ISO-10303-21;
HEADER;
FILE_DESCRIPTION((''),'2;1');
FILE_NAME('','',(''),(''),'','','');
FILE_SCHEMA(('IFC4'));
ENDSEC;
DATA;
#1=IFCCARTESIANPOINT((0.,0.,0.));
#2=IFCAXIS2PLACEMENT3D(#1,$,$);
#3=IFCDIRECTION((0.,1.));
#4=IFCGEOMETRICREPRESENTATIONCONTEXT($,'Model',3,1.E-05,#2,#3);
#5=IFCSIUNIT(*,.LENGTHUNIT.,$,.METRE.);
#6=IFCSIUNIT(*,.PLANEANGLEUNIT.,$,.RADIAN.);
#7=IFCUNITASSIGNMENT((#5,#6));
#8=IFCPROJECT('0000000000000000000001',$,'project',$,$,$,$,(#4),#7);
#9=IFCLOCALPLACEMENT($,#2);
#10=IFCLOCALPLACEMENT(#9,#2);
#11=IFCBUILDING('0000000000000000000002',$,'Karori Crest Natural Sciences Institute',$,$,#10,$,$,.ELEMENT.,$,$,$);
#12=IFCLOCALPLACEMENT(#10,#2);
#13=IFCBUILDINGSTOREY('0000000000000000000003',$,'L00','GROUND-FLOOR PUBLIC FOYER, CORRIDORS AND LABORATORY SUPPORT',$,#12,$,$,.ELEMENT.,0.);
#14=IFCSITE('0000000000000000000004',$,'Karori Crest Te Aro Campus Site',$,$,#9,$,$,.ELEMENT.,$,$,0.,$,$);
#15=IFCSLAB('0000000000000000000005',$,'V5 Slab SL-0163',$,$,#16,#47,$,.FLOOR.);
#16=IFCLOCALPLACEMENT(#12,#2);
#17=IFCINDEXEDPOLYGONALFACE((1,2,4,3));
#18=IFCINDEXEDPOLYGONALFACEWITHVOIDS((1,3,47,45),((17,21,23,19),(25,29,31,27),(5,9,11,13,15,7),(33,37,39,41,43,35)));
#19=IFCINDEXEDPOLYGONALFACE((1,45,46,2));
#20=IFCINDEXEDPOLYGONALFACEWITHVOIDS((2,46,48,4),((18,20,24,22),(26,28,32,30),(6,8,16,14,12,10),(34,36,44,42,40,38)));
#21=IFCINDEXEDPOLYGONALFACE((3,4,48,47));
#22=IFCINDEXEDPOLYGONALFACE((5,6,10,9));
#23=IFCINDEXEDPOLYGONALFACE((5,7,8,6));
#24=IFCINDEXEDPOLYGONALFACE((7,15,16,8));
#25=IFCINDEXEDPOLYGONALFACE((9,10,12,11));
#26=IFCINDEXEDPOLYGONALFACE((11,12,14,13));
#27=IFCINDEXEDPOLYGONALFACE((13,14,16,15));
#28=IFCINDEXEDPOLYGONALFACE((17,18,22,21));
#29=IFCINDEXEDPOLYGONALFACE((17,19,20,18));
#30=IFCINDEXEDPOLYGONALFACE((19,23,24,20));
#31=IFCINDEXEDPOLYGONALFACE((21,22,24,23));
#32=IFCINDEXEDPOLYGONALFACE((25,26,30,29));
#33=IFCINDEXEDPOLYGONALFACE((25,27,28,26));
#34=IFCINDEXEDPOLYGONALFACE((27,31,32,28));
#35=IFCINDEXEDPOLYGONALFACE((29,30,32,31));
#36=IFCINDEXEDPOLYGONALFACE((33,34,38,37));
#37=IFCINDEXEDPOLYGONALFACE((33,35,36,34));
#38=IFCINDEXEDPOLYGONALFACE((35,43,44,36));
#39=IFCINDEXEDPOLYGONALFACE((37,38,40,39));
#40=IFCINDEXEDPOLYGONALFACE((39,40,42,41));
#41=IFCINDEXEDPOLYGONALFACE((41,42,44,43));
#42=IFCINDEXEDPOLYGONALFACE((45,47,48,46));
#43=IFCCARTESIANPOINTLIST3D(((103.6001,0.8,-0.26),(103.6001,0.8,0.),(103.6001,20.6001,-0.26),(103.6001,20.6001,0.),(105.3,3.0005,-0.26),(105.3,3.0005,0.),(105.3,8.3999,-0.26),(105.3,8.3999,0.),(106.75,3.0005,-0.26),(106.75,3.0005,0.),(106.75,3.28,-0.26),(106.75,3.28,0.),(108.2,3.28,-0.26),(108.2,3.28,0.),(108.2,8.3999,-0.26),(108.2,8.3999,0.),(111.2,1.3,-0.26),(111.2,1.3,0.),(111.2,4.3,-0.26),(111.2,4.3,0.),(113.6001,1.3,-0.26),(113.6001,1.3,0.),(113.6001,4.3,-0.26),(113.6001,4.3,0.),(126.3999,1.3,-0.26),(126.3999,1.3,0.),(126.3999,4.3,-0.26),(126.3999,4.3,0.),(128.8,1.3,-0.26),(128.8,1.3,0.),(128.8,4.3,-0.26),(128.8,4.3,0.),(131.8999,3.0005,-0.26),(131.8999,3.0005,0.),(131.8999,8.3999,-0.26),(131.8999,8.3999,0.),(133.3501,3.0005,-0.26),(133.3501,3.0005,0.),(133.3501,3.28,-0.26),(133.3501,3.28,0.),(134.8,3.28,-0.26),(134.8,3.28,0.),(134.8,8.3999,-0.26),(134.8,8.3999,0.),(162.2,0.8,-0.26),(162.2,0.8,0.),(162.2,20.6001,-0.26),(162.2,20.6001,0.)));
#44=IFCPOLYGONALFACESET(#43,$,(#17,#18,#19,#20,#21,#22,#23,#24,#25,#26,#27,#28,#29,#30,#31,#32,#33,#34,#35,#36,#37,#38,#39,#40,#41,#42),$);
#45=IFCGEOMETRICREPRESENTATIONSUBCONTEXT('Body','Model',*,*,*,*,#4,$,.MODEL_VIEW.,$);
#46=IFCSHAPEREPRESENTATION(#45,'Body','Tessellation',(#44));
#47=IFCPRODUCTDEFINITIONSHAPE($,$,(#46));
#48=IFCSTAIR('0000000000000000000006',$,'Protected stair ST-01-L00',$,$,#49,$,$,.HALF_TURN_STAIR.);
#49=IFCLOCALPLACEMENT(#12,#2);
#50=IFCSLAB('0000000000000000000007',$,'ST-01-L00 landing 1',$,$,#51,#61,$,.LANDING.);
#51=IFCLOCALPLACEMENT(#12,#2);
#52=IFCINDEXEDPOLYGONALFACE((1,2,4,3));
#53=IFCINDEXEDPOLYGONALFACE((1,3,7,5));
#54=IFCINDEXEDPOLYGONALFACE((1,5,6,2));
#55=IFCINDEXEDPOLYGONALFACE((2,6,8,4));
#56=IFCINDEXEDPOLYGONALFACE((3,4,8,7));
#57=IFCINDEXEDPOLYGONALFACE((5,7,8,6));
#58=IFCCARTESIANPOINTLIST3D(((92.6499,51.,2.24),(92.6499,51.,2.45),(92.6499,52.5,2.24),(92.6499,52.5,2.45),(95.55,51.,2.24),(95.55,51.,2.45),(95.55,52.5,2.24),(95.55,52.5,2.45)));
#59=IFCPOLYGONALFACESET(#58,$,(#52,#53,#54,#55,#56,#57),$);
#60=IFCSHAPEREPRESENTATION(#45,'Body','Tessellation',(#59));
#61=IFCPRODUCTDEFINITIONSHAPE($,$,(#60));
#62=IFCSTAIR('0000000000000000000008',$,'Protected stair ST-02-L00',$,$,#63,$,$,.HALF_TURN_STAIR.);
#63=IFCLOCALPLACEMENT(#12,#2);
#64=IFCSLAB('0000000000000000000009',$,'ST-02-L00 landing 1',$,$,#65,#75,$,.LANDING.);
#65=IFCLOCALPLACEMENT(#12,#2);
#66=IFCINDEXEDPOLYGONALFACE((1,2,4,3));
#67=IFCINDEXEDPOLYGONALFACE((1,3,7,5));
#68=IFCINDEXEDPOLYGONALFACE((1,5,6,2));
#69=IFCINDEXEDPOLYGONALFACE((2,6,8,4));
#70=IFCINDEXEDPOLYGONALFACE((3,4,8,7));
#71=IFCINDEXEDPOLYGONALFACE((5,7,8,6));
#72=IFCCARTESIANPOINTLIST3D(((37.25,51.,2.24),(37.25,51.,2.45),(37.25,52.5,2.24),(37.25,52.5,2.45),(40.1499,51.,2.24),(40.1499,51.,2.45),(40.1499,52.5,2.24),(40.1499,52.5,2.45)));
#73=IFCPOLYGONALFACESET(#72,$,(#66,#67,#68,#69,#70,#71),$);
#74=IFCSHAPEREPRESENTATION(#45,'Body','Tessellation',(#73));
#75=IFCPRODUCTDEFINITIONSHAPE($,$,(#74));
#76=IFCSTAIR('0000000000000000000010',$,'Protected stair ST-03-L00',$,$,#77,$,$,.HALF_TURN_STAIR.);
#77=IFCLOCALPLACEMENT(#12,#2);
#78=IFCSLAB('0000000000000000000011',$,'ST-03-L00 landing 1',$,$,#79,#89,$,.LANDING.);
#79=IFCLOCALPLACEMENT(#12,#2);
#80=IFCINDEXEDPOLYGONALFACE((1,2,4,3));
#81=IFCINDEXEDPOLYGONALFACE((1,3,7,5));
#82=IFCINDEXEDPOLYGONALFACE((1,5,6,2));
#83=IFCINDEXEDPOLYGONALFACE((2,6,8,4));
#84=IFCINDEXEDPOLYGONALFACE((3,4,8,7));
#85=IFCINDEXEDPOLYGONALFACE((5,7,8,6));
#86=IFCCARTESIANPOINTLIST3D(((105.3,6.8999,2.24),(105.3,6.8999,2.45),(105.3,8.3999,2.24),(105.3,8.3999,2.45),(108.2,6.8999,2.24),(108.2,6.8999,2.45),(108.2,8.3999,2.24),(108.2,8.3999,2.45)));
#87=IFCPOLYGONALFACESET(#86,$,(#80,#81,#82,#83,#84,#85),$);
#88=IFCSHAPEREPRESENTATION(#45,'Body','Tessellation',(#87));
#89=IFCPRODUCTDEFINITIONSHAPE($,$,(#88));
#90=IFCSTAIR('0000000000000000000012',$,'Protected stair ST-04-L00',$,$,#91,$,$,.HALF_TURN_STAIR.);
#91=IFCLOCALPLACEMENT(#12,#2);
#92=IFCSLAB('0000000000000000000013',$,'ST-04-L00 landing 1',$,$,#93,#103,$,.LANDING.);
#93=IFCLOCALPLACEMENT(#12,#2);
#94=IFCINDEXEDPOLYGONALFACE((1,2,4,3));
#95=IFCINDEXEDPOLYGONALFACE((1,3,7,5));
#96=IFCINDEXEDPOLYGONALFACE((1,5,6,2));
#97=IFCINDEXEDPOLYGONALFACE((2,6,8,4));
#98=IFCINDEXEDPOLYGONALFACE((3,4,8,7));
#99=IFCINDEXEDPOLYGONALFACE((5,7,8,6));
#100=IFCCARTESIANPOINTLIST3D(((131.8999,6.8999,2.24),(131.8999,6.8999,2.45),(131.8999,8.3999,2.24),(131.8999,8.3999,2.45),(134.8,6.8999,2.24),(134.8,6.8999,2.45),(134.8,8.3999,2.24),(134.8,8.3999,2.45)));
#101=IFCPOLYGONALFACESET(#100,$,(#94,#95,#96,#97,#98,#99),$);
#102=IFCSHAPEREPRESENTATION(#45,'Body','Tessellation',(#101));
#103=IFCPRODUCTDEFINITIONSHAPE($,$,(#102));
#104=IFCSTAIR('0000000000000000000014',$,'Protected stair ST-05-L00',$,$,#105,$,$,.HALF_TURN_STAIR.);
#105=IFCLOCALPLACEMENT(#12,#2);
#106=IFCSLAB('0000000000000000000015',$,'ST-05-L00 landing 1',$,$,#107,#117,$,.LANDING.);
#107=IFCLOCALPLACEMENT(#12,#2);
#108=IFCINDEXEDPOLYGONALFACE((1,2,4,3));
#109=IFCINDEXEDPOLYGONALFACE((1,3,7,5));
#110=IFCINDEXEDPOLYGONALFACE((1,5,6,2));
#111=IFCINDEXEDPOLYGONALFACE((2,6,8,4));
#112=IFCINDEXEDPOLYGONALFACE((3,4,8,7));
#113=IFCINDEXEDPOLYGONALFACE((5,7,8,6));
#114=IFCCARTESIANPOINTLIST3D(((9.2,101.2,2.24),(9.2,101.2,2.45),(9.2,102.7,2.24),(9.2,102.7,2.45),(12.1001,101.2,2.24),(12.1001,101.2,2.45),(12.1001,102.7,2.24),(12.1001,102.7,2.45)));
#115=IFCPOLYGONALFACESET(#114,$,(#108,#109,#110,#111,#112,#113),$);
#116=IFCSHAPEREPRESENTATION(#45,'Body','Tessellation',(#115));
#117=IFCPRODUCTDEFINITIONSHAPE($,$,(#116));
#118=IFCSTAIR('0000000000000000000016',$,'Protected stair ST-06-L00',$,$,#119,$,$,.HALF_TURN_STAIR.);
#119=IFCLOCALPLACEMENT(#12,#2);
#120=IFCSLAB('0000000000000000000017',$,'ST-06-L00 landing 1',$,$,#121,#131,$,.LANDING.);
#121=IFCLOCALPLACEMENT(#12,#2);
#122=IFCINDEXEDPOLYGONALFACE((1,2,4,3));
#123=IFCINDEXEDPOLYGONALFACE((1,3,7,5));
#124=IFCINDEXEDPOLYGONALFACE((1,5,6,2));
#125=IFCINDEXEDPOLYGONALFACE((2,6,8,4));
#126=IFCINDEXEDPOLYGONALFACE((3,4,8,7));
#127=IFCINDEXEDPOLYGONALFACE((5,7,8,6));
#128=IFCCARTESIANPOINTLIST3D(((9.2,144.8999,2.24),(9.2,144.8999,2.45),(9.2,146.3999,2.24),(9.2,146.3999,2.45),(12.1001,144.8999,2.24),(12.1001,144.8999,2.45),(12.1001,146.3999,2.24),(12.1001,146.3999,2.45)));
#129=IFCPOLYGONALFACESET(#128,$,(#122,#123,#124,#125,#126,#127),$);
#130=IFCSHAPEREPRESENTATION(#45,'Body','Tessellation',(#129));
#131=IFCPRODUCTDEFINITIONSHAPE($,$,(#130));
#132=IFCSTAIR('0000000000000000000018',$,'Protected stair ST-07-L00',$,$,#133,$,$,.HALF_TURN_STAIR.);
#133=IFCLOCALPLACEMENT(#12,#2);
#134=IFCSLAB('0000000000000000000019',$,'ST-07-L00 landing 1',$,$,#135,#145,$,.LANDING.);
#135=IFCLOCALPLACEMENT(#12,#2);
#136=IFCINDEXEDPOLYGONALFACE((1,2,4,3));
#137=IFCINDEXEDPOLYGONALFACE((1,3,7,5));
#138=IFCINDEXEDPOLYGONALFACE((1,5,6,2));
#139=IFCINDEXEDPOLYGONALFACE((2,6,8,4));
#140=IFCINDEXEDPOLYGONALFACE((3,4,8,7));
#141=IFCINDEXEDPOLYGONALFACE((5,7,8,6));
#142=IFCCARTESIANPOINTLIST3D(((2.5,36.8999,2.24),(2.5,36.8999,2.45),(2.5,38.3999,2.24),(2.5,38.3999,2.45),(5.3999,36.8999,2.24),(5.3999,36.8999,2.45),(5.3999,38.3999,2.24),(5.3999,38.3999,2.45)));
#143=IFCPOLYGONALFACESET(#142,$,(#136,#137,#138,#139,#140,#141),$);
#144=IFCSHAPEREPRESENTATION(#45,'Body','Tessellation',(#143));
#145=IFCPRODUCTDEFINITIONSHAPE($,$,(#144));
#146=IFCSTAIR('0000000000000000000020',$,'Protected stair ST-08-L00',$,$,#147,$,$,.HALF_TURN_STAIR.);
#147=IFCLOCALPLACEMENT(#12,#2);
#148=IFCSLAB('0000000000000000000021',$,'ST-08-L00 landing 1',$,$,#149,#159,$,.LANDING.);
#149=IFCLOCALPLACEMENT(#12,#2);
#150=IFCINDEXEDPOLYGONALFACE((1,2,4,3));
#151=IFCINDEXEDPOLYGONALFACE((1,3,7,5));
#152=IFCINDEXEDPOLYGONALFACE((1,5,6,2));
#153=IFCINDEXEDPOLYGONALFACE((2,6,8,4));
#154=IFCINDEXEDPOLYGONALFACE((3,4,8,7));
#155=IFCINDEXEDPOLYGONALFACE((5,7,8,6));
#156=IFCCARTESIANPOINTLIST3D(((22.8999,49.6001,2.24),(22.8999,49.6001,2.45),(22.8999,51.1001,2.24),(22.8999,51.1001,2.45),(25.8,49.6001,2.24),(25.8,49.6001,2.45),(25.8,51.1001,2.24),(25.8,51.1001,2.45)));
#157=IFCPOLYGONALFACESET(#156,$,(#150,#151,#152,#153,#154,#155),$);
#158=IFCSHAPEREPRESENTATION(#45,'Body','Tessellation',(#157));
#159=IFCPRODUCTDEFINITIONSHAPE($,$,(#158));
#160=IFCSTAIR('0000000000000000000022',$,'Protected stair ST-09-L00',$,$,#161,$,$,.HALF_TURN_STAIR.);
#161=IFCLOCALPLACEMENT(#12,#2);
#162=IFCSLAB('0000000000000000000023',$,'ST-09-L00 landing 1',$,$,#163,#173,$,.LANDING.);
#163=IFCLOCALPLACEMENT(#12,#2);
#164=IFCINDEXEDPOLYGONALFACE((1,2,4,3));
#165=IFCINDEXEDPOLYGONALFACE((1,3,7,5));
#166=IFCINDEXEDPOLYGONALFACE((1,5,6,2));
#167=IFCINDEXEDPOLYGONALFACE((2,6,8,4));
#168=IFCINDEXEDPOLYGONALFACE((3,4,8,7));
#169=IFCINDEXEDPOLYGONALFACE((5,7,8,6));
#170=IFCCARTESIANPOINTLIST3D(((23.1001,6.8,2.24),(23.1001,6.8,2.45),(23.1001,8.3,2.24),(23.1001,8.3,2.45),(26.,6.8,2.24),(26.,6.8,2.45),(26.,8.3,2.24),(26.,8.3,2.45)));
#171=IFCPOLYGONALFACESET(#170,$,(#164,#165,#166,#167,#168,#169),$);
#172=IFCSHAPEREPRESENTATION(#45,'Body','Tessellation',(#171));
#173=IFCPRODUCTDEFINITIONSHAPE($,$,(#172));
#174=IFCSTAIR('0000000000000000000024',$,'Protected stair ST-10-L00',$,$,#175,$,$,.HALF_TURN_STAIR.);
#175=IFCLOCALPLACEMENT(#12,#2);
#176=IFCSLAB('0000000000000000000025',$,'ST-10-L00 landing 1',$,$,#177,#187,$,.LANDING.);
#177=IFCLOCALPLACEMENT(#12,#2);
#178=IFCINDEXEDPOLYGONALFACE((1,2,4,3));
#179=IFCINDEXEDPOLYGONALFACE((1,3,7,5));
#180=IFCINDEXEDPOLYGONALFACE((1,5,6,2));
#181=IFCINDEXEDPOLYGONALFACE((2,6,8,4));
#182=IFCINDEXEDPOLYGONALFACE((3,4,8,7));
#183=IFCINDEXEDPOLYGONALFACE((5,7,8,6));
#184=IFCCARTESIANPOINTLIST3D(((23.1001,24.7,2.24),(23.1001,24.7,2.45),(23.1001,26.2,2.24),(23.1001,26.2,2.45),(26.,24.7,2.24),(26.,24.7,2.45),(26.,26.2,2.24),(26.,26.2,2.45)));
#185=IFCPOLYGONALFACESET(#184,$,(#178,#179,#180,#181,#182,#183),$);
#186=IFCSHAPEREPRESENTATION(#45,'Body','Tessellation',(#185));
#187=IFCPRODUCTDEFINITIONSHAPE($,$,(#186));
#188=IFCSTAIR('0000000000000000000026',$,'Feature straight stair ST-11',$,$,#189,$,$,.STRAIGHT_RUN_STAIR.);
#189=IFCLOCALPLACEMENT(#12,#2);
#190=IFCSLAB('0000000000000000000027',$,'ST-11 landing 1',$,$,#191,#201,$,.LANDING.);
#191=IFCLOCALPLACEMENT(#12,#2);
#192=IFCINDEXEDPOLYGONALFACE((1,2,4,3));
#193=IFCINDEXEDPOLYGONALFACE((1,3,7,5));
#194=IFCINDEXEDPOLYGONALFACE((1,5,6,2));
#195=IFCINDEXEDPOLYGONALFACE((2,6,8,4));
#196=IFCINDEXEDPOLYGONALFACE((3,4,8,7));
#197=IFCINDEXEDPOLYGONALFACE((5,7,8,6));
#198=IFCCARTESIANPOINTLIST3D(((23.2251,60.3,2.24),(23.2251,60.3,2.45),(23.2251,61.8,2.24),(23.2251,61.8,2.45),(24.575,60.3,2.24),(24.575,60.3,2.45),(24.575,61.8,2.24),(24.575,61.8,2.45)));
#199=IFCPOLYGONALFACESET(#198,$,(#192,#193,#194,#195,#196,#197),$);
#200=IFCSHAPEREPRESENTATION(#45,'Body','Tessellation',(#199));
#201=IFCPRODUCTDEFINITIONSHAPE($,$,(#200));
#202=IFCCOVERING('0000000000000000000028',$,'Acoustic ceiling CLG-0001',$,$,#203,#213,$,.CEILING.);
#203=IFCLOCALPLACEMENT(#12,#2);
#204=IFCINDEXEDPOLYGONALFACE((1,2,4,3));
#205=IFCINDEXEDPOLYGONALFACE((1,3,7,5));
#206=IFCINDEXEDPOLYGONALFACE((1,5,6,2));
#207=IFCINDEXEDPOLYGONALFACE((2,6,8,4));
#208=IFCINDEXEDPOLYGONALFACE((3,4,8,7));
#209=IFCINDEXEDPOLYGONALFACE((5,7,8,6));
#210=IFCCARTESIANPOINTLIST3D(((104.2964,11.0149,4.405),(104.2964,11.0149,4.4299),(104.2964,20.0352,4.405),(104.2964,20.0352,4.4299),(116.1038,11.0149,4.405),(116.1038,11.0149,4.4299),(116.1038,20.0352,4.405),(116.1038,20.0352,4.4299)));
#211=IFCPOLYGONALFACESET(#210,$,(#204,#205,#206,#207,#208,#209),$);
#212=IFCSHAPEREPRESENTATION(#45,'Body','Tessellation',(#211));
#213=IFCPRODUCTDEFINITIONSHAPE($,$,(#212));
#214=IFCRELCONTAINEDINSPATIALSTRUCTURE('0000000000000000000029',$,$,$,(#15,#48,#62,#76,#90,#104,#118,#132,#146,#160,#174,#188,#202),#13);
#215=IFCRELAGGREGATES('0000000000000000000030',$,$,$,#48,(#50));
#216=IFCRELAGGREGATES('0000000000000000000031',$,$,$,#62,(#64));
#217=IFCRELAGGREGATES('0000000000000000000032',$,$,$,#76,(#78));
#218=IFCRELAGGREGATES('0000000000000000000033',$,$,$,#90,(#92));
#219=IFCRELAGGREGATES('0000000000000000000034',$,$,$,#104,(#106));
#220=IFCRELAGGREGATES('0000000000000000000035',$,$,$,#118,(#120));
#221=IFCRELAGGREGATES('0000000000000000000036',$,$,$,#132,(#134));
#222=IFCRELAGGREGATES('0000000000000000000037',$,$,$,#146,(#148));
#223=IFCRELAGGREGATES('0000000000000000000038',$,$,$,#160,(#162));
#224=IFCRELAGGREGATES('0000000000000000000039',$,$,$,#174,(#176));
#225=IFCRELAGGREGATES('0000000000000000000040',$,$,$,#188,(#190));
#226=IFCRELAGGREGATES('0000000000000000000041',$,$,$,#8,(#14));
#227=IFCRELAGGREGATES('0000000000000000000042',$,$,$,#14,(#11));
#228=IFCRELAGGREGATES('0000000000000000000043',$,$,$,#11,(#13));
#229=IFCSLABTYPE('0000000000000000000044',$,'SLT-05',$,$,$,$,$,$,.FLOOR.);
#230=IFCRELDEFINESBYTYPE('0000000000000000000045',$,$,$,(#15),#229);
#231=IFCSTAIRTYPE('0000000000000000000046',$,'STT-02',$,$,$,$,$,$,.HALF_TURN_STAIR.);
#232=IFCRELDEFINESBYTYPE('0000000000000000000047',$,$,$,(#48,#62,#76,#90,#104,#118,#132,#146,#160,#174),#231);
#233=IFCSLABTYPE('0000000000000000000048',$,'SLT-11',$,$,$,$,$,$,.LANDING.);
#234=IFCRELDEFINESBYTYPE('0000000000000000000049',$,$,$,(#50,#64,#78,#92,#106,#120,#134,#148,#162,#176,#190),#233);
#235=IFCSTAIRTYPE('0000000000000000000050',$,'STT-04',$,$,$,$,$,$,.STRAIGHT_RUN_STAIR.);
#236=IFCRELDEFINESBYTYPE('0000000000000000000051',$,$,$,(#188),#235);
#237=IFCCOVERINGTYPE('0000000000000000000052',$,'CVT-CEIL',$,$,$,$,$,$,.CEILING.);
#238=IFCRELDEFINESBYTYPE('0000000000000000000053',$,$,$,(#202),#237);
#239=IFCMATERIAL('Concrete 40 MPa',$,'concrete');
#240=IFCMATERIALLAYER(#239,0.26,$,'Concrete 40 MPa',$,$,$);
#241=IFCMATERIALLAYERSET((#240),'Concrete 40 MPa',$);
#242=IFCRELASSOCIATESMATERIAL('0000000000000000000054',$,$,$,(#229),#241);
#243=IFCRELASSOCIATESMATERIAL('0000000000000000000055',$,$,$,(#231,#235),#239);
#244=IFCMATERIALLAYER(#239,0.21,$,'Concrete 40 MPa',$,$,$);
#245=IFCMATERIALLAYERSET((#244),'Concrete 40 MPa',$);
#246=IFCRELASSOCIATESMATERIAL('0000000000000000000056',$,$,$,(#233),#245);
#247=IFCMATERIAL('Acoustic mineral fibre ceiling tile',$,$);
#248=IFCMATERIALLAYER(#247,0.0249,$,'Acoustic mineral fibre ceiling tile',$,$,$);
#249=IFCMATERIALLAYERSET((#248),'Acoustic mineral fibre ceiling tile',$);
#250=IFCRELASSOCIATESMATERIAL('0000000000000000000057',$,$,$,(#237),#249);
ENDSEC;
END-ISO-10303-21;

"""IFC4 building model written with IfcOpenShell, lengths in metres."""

from ifc_helpers import new_model, si_unit, direction, frame, origin, place, context, subcontext, project, spatial, polyline, outline, extrude, material, layer, layer_set, type_object, element, aggregate, save


model = new_model("IFC4")

# Units and contexts
model_context = context("Model", 3, precision=1e-05, world=origin(), true_north=direction((0.0, 1.0)))
body_context = subcontext(model_context, "Body", "Model", "MODEL_VIEW")
ifc_project = project(units=[si_unit("LENGTHUNIT", "METRE"), si_unit("PLANEANGLEUNIT", "RADIAN")], contexts=[model_context])

# Site, building, storey
site_placement = place(None, origin())
site = spatial("IfcSite", under=ifc_project, at=site_placement, Name="Karori Crest Te Aro Campus Site", CompositionType="ELEMENT", RefElevation=0.0)
building_placement = place(site_placement, origin())
building = spatial("IfcBuilding", under=site, at=building_placement, Name="Karori Crest Natural Sciences Institute", CompositionType="ELEMENT")
storey_placement = place(building_placement, origin())
storey = spatial("IfcBuildingStorey", under=building, at=storey_placement, Name="L00", Description="GROUND-FLOOR PUBLIC FOYER, CORRIDORS AND LABORATORY SUPPORT", CompositionType="ELEMENT", Elevation=0.0)

# Slab
ifc_material_1 = material(Name="Concrete 40 MPa", Category="concrete")
ifc_layer_1 = layer(ifc_material_1, 0.26, Name="Concrete 40 MPa")
ifc_layer_set_1 = layer_set([ifc_layer_1], Name="Concrete 40 MPa")
slab_type_1 = type_object("IfcSlabType", Name="SLT-05", PredefinedType="FLOOR", material=ifc_layer_set_1)
slab_1_placement = place(storey_placement, frame((0.0, 0.0, -0.26)))
element("IfcSlab", 1, at=slab_1_placement, inside=storey, type_object=slab_type_1, Name="V5 Slab SL-0163", PredefinedType="FLOOR", context=body_context, shape_type="SweptSolid", body=[
    extrude(outline(polyline([(103.6001, 0.8), (162.2, 0.8), (162.2, 20.6001), (103.6001, 20.6001), (103.6001, 0.8)]), holes=[polyline([(108.2, 3.28), (106.75, 3.28), (106.75, 3.0005), (105.3, 3.0005), (105.3, 8.3999), (108.2, 8.3999), (108.2, 3.28)]), polyline([(134.8, 3.28), (133.3501, 3.28), (133.3501, 3.0005), (131.8999, 3.0005), (131.8999, 8.3999), (134.8, 8.3999), (134.8, 3.28)]), polyline([(111.2, 4.3), (113.6001, 4.3), (113.6001, 1.3), (111.2, 1.3), (111.2, 4.3)]), polyline([(126.3999, 4.3), (128.8, 4.3), (128.8, 1.3), (126.3999, 1.3), (126.3999, 4.3)])]), origin(), (0.0, 0.0, 1.0), 0.26),
])

# Stairs, slabs
stair_type_1 = type_object("IfcStairType", Name="STT-02", PredefinedType="HALF_TURN_STAIR", material=ifc_material_1)
stair_1_placement = place(storey_placement, origin())
stair_1 = element("IfcStair", 2, at=stair_1_placement, inside=storey, type_object=stair_type_1, Name="Protected stair ST-01-L00", PredefinedType="HALF_TURN_STAIR")
ifc_layer_2 = layer(ifc_material_1, 0.21, Name="Concrete 40 MPa")
ifc_layer_set_2 = layer_set([ifc_layer_2], Name="Concrete 40 MPa")
slab_type_2 = type_object("IfcSlabType", Name="SLT-11", PredefinedType="LANDING", material=ifc_layer_set_2)
slab_2_placement = place(storey_placement, frame((0.0, 0.0, 2.24)))
slab_2 = element("IfcSlab", 3, at=slab_2_placement, type_object=slab_type_2, Name="ST-01-L00 landing 1", PredefinedType="LANDING", context=body_context, shape_type="SweptSolid", body=[
    extrude(outline(polyline([(95.55, 51.0), (95.55, 52.5), (92.6499, 52.5), (92.6499, 51.0), (95.55, 51.0)])), origin(), (0.0, 0.0, 1.0), 0.21),
])
aggregate(stair_1, [slab_2])
stair_2_placement = place(storey_placement, origin())
stair_2 = element("IfcStair", 4, at=stair_2_placement, inside=storey, type_object=stair_type_1, Name="Protected stair ST-02-L00", PredefinedType="HALF_TURN_STAIR")
slab_3_placement = place(storey_placement, frame((0.0, 0.0, 2.24)))
slab_3 = element("IfcSlab", 5, at=slab_3_placement, type_object=slab_type_2, Name="ST-02-L00 landing 1", PredefinedType="LANDING", context=body_context, shape_type="SweptSolid", body=[
    extrude(outline(polyline([(40.1499, 51.0), (40.1499, 52.5), (37.25, 52.5), (37.25, 51.0), (40.1499, 51.0)])), origin(), (0.0, 0.0, 1.0), 0.21),
])
aggregate(stair_2, [slab_3])
stair_3_placement = place(storey_placement, origin())
stair_3 = element("IfcStair", 6, at=stair_3_placement, inside=storey, type_object=stair_type_1, Name="Protected stair ST-03-L00", PredefinedType="HALF_TURN_STAIR")
slab_4_placement = place(storey_placement, frame((0.0, 0.0, 2.24)))
slab_4 = element("IfcSlab", 7, at=slab_4_placement, type_object=slab_type_2, Name="ST-03-L00 landing 1", PredefinedType="LANDING", context=body_context, shape_type="SweptSolid", body=[
    extrude(outline(polyline([(108.2, 6.8999), (108.2, 8.3999), (105.3, 8.3999), (105.3, 6.8999), (108.2, 6.8999)])), origin(), (0.0, 0.0, 1.0), 0.21),
])
aggregate(stair_3, [slab_4])
stair_4_placement = place(storey_placement, origin())
stair_4 = element("IfcStair", 8, at=stair_4_placement, inside=storey, type_object=stair_type_1, Name="Protected stair ST-04-L00", PredefinedType="HALF_TURN_STAIR")
slab_5_placement = place(storey_placement, frame((0.0, 0.0, 2.24)))
slab_5 = element("IfcSlab", 9, at=slab_5_placement, type_object=slab_type_2, Name="ST-04-L00 landing 1", PredefinedType="LANDING", context=body_context, shape_type="SweptSolid", body=[
    extrude(outline(polyline([(134.8, 6.8999), (134.8, 8.3999), (131.8999, 8.3999), (131.8999, 6.8999), (134.8, 6.8999)])), origin(), (0.0, 0.0, 1.0), 0.21),
])
aggregate(stair_4, [slab_5])
stair_5_placement = place(storey_placement, origin())
stair_5 = element("IfcStair", 10, at=stair_5_placement, inside=storey, type_object=stair_type_1, Name="Protected stair ST-05-L00", PredefinedType="HALF_TURN_STAIR")
slab_6_placement = place(storey_placement, frame((0.0, 0.0, 2.24)))
slab_6 = element("IfcSlab", 11, at=slab_6_placement, type_object=slab_type_2, Name="ST-05-L00 landing 1", PredefinedType="LANDING", context=body_context, shape_type="SweptSolid", body=[
    extrude(outline(polyline([(12.1001, 101.2), (12.1001, 102.7), (9.2, 102.7), (9.2, 101.2), (12.1001, 101.2)])), origin(), (0.0, 0.0, 1.0), 0.21),
])
aggregate(stair_5, [slab_6])
stair_6_placement = place(storey_placement, origin())
stair_6 = element("IfcStair", 12, at=stair_6_placement, inside=storey, type_object=stair_type_1, Name="Protected stair ST-06-L00", PredefinedType="HALF_TURN_STAIR")
slab_7_placement = place(storey_placement, frame((0.0, 0.0, 2.24)))
slab_7 = element("IfcSlab", 13, at=slab_7_placement, type_object=slab_type_2, Name="ST-06-L00 landing 1", PredefinedType="LANDING", context=body_context, shape_type="SweptSolid", body=[
    extrude(outline(polyline([(12.1001, 144.8999), (12.1001, 146.3999), (9.2, 146.3999), (9.2, 144.8999), (12.1001, 144.8999)])), origin(), (0.0, 0.0, 1.0), 0.21),
])
aggregate(stair_6, [slab_7])
stair_7_placement = place(storey_placement, origin())
stair_7 = element("IfcStair", 14, at=stair_7_placement, inside=storey, type_object=stair_type_1, Name="Protected stair ST-07-L00", PredefinedType="HALF_TURN_STAIR")
slab_8_placement = place(storey_placement, frame((0.0, 0.0, 2.24)))
slab_8 = element("IfcSlab", 15, at=slab_8_placement, type_object=slab_type_2, Name="ST-07-L00 landing 1", PredefinedType="LANDING", context=body_context, shape_type="SweptSolid", body=[
    extrude(outline(polyline([(5.3999, 36.8999), (5.3999, 38.3999), (2.5, 38.3999), (2.5, 36.8999), (5.3999, 36.8999)])), origin(), (0.0, 0.0, 1.0), 0.21),
])
aggregate(stair_7, [slab_8])
stair_8_placement = place(storey_placement, origin())
stair_8 = element("IfcStair", 16, at=stair_8_placement, inside=storey, type_object=stair_type_1, Name="Protected stair ST-08-L00", PredefinedType="HALF_TURN_STAIR")
slab_9_placement = place(storey_placement, frame((0.0, 0.0, 2.24)))
slab_9 = element("IfcSlab", 17, at=slab_9_placement, type_object=slab_type_2, Name="ST-08-L00 landing 1", PredefinedType="LANDING", context=body_context, shape_type="SweptSolid", body=[
    extrude(outline(polyline([(25.8, 49.6001), (25.8, 51.1001), (22.8999, 51.1001), (22.8999, 49.6001), (25.8, 49.6001)])), origin(), (0.0, 0.0, 1.0), 0.21),
])
aggregate(stair_8, [slab_9])
stair_9_placement = place(storey_placement, origin())
stair_9 = element("IfcStair", 18, at=stair_9_placement, inside=storey, type_object=stair_type_1, Name="Protected stair ST-09-L00", PredefinedType="HALF_TURN_STAIR")
slab_10_placement = place(storey_placement, frame((0.0, 0.0, 2.24)))
slab_10 = element("IfcSlab", 19, at=slab_10_placement, type_object=slab_type_2, Name="ST-09-L00 landing 1", PredefinedType="LANDING", context=body_context, shape_type="SweptSolid", body=[
    extrude(outline(polyline([(26.0, 6.8), (26.0, 8.3), (23.1001, 8.3), (23.1001, 6.8), (26.0, 6.8)])), origin(), (0.0, 0.0, 1.0), 0.21),
])
aggregate(stair_9, [slab_10])
stair_10_placement = place(storey_placement, origin())
stair_10 = element("IfcStair", 20, at=stair_10_placement, inside=storey, type_object=stair_type_1, Name="Protected stair ST-10-L00", PredefinedType="HALF_TURN_STAIR")
slab_11_placement = place(storey_placement, frame((0.0, 0.0, 2.24)))
slab_11 = element("IfcSlab", 21, at=slab_11_placement, type_object=slab_type_2, Name="ST-10-L00 landing 1", PredefinedType="LANDING", context=body_context, shape_type="SweptSolid", body=[
    extrude(outline(polyline([(26.0, 24.7), (26.0, 26.2), (23.1001, 26.2), (23.1001, 24.7), (26.0, 24.7)])), origin(), (0.0, 0.0, 1.0), 0.21),
])
aggregate(stair_10, [slab_11])
stair_type_2 = type_object("IfcStairType", Name="STT-04", PredefinedType="STRAIGHT_RUN_STAIR", material=ifc_material_1)
stair_11_placement = place(storey_placement, origin())
stair_11 = element("IfcStair", 22, at=stair_11_placement, inside=storey, type_object=stair_type_2, Name="Feature straight stair ST-11", PredefinedType="STRAIGHT_RUN_STAIR")
slab_12_placement = place(storey_placement, frame((0.0, 0.0, 2.24)))
slab_12 = element("IfcSlab", 23, at=slab_12_placement, type_object=slab_type_2, Name="ST-11 landing 1", PredefinedType="LANDING", context=body_context, shape_type="SweptSolid", body=[
    extrude(outline(polyline([(23.2251, 60.3), (24.575, 60.3), (24.575, 61.8), (23.2251, 61.8), (23.2251, 60.3)])), origin(), (0.0, 0.0, 1.0), 0.21),
])
aggregate(stair_11, [slab_12])

# Covering
ifc_material_2 = material(Name="Acoustic mineral fibre ceiling tile")
ifc_layer_3 = layer(ifc_material_2, 0.0249, Name="Acoustic mineral fibre ceiling tile")
ifc_layer_set_3 = layer_set([ifc_layer_3], Name="Acoustic mineral fibre ceiling tile")
covering_type = type_object("IfcCoveringType", Name="CVT-CEIL", PredefinedType="CEILING", material=ifc_layer_set_3)
covering_1_placement = place(storey_placement, frame((0.0, 0.0, 4.405)))
element("IfcCovering", 24, at=covering_1_placement, inside=storey, type_object=covering_type, Name="Acoustic ceiling CLG-0001", PredefinedType="CEILING", context=body_context, shape_type="SweptSolid", body=[
    extrude(outline(polyline([(104.2964, 20.0352), (104.2964, 11.0149), (116.1038, 11.0149), (116.1038, 20.0352), (104.2964, 20.0352)])), origin(), (0.0, 0.0, 1.0), 0.0249),
])

save(model, "model.ifc")
